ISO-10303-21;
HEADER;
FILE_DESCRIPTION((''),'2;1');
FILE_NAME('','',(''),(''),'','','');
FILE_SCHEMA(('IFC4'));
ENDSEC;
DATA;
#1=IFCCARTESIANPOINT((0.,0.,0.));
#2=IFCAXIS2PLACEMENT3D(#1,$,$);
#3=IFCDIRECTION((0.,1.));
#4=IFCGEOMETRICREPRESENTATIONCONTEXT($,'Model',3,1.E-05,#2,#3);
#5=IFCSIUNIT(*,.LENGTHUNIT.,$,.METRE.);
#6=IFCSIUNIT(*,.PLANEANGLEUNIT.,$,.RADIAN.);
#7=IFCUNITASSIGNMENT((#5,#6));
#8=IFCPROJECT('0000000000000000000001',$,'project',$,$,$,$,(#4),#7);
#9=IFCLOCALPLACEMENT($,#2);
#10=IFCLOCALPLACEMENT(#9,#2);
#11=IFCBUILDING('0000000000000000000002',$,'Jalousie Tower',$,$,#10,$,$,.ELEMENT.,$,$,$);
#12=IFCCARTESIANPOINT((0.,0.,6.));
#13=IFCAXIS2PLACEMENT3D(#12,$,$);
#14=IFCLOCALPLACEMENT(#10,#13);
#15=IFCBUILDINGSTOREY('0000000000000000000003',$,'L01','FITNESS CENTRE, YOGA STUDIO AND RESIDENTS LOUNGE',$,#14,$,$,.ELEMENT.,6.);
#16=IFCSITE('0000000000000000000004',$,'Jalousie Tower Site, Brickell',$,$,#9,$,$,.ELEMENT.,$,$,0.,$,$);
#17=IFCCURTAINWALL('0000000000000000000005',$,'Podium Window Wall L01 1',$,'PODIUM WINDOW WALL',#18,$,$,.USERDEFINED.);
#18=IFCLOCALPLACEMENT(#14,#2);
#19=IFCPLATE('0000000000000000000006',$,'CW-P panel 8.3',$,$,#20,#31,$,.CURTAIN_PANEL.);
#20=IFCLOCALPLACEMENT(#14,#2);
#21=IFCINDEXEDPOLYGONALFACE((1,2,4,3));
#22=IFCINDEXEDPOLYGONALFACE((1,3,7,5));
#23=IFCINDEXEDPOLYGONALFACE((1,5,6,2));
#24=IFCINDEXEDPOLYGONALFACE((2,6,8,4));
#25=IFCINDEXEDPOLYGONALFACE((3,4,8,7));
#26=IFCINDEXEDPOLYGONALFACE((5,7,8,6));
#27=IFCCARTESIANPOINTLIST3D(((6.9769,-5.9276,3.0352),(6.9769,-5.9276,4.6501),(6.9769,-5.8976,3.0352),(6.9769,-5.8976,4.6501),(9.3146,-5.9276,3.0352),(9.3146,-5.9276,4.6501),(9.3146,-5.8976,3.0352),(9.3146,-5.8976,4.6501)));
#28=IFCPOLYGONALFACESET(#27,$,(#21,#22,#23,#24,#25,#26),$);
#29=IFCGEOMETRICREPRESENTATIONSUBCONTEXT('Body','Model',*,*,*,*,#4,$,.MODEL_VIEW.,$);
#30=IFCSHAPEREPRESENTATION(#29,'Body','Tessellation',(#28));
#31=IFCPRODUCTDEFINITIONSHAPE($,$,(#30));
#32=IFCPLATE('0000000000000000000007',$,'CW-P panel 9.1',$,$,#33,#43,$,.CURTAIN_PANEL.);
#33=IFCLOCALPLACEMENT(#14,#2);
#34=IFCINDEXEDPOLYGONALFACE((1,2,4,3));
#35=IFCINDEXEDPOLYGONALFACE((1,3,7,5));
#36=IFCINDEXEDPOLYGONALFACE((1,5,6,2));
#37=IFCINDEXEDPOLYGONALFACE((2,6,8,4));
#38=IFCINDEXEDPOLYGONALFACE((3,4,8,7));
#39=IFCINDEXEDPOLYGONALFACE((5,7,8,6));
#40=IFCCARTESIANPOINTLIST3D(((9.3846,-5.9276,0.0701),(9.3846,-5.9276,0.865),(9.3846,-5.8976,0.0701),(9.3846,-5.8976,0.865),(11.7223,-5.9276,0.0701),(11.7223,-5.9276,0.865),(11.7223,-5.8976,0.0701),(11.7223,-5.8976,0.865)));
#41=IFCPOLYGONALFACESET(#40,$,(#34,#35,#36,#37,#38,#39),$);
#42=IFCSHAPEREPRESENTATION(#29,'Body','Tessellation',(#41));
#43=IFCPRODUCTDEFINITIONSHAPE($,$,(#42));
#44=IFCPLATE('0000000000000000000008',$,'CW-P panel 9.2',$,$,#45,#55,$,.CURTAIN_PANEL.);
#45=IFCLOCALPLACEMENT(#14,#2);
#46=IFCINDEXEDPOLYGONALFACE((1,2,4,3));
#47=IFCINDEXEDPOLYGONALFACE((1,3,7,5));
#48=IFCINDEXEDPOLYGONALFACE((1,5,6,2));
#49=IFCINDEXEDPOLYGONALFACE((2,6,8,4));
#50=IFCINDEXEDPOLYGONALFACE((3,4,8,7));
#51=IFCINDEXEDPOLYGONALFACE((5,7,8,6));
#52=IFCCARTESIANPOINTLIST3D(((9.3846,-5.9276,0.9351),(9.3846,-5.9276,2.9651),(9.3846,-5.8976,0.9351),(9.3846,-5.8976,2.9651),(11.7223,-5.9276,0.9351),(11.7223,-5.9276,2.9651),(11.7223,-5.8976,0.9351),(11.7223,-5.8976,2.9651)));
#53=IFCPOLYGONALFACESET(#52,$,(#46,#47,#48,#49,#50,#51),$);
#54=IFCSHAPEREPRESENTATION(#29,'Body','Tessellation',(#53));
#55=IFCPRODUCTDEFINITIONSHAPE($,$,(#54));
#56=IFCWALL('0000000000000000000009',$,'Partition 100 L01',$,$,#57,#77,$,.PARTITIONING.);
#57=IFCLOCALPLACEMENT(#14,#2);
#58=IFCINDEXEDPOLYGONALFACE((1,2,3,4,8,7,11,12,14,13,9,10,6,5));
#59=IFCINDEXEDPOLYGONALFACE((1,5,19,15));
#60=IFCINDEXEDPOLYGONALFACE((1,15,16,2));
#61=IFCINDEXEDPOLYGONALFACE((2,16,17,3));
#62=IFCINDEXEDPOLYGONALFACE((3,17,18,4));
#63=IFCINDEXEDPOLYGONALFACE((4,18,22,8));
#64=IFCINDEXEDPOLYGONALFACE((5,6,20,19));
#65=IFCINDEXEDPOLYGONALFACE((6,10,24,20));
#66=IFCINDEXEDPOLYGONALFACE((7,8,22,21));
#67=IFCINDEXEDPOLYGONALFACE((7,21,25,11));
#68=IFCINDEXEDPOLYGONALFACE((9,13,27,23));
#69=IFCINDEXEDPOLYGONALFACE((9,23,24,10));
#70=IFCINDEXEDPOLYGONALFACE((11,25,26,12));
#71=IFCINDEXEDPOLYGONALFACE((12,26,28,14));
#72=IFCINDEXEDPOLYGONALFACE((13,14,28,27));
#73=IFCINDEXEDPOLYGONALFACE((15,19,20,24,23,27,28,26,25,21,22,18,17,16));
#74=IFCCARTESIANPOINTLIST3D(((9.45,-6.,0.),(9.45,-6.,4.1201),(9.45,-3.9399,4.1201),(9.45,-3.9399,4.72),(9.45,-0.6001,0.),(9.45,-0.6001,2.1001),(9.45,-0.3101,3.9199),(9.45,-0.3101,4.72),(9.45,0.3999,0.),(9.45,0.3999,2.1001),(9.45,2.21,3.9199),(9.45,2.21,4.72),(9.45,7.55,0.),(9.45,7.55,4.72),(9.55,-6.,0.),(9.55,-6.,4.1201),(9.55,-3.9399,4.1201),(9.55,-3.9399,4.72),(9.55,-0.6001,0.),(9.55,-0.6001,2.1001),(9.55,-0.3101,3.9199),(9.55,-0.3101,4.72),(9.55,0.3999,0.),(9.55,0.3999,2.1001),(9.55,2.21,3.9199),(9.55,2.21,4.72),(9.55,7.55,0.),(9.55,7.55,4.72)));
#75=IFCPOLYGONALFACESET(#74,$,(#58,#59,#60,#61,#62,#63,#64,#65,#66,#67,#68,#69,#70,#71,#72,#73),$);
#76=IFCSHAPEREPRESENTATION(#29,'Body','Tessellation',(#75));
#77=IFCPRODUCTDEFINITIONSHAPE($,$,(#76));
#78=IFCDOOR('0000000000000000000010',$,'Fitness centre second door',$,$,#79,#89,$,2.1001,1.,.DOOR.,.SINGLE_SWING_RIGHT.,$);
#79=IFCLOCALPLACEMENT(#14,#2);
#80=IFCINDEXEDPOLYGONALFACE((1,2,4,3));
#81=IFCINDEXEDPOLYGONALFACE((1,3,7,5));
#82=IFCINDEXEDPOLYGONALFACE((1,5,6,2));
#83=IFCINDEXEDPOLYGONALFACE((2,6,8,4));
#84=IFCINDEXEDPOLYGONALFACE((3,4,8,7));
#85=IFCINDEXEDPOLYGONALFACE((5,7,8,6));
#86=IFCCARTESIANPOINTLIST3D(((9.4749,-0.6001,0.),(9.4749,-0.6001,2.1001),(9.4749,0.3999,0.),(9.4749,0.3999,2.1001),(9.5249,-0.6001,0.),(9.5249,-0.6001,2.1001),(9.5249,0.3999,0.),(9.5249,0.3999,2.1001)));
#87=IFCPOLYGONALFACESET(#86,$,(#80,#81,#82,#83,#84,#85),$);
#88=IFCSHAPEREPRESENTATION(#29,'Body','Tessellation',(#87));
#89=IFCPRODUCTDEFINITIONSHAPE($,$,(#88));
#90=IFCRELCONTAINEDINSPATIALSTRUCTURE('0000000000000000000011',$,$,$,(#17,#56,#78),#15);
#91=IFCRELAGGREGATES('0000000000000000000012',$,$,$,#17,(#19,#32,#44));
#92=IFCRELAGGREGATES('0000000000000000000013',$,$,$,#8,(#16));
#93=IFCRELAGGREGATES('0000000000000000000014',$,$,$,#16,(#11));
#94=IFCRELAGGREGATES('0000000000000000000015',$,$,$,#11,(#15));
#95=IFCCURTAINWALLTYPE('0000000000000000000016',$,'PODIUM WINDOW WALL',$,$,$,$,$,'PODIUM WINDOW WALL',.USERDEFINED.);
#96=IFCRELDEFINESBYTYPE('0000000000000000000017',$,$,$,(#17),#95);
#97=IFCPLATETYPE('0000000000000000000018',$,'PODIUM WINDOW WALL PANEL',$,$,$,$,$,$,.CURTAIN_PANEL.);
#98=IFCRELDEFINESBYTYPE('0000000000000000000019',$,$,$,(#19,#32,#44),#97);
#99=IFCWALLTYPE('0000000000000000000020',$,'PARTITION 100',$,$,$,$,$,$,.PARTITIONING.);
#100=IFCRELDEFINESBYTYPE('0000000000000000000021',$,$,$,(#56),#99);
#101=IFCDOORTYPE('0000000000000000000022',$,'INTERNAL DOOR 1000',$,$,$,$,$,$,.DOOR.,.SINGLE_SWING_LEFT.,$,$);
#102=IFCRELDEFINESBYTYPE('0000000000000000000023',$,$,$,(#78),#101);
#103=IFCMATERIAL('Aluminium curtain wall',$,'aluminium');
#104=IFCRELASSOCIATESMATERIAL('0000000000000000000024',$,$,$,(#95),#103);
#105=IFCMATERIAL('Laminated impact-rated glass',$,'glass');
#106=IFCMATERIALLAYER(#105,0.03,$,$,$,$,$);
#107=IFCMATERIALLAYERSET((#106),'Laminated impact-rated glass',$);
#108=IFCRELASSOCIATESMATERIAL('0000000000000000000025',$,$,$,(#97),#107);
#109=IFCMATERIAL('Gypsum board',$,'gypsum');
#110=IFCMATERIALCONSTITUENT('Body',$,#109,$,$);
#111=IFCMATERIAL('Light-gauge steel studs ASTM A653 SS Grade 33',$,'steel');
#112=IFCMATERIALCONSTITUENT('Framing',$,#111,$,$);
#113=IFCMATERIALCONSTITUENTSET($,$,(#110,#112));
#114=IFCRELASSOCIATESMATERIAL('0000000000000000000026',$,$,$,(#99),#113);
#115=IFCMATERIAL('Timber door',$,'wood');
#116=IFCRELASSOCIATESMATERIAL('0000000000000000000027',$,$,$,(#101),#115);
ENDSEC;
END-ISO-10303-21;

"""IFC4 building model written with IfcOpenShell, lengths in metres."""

from ifc_helpers import new_model, si_unit, direction, frame, frame_2d, origin, origin_2d, place, context, subcontext, project, spatial, polyline, rectangle, outline, extrude, material, layer, layer_set, constituent, constituent_set, type_object, element, fill, aggregate, save


model = new_model("IFC4")

# Units and contexts
model_context = context("Model", 3, precision=1e-05, world=origin(), true_north=direction((0.0, 1.0)))
body_context = subcontext(model_context, "Body", "Model", "MODEL_VIEW")
ifc_project = project(units=[si_unit("LENGTHUNIT", "METRE"), si_unit("PLANEANGLEUNIT", "RADIAN")], contexts=[model_context])

# Site, building, storey
site_placement = place(None, origin())
site = spatial("IfcSite", under=ifc_project, at=site_placement, Name="Jalousie Tower Site, Brickell", CompositionType="ELEMENT", RefElevation=0.0)
building_placement = place(site_placement, origin())
building = spatial("IfcBuilding", under=site, at=building_placement, Name="Jalousie Tower", CompositionType="ELEMENT")
storey_placement = place(building_placement, frame((0.0, 0.0, 6.0)))
storey = spatial("IfcBuildingStorey", under=building, at=storey_placement, Name="L01", Description="FITNESS CENTRE, YOGA STUDIO AND RESIDENTS LOUNGE", CompositionType="ELEMENT", Elevation=6.0)

# Curtain wall, plates
ifc_material_1 = material(Name="Aluminium curtain wall", Category="aluminium")
curtain_wall_type = type_object("IfcCurtainWallType", Name="PODIUM WINDOW WALL", ElementType="PODIUM WINDOW WALL", PredefinedType="USERDEFINED", material=ifc_material_1)
curtain_wall_placement = place(storey_placement, origin())
curtain_wall = element("IfcCurtainWall", 1, at=curtain_wall_placement, inside=storey, type_object=curtain_wall_type, Name="Podium Window Wall L01 1", ObjectType="PODIUM WINDOW WALL", PredefinedType="USERDEFINED")
ifc_material_2 = material(Name="Laminated impact-rated glass", Category="glass")
ifc_layer = layer(ifc_material_2, 0.03)
ifc_layer_set = layer_set([ifc_layer], Name="Laminated impact-rated glass")
plate_type = type_object("IfcPlateType", Name="PODIUM WINDOW WALL PANEL", PredefinedType="CURTAIN_PANEL", material=ifc_layer_set)
plate_1_placement = place(storey_placement, frame((8.1458, -5.9126, 3.0352), z_axis=(0.0, 0.0, 1.0), x_axis=(1.0, 0.0, 0.0)))
plate_1 = element("IfcPlate", 2, at=plate_1_placement, type_object=plate_type, Name="CW-P panel 8.3", PredefinedType="CURTAIN_PANEL", context=body_context, shape_type="SweptSolid", body=[
    extrude(rectangle(XDim=2.3376, YDim=0.03, at=origin_2d()), origin(), (0.0, 0.0, 1.0), 1.615),
])
plate_2_placement = place(storey_placement, frame((10.5535, -5.9126, 0.0701), z_axis=(0.0, 0.0, 1.0), x_axis=(1.0, 0.0, 0.0)))
plate_2 = element("IfcPlate", 3, at=plate_2_placement, type_object=plate_type, Name="CW-P panel 9.1", PredefinedType="CURTAIN_PANEL", context=body_context, shape_type="SweptSolid", body=[
    extrude(rectangle(XDim=2.3376, YDim=0.03, at=origin_2d()), origin(), (0.0, 0.0, 1.0), 0.7949),
])
plate_3_placement = place(storey_placement, frame((10.5535, -5.9126, 0.9351), z_axis=(0.0, 0.0, 1.0), x_axis=(1.0, 0.0, 0.0)))
plate_3 = element("IfcPlate", 4, at=plate_3_placement, type_object=plate_type, Name="CW-P panel 9.2", PredefinedType="CURTAIN_PANEL", context=body_context, shape_type="SweptSolid", body=[
    extrude(rectangle(XDim=2.3376, YDim=0.03, at=origin_2d()), origin(), (0.0, 0.0, 1.0), 2.03),
])
aggregate(curtain_wall, [plate_1, plate_2, plate_3])

# Wall, opening, door
ifc_material_3 = material(Name="Gypsum board", Category="gypsum")
ifc_constituent_1 = constituent(ifc_material_3, Name="Body")
ifc_material_4 = material(Name="Light-gauge steel studs ASTM A653 SS Grade 33", Category="steel")
ifc_constituent_2 = constituent(ifc_material_4, Name="Framing")
ifc_constituent_set = constituent_set(constituents=[ifc_constituent_1, ifc_constituent_2])
wall_type = type_object("IfcWallType", Name="PARTITION 100", PredefinedType="PARTITIONING", material=ifc_constituent_set)
wall_placement = place(storey_placement, frame((9.5, -6.0, 0.0), z_axis=(0.0, 0.0, 1.0), x_axis=(0.0, 1.0, 0.0)))
wall = element("IfcWall", 5, at=wall_placement, inside=storey, type_object=wall_type, Name="Partition 100 L01", PredefinedType="PARTITIONING", context=body_context, shape_type="SweptSolid", body=[
    extrude(outline(polyline([(0.0, 0.0), (13.55, 0.0), (13.55, 4.72), (8.21, 4.72), (8.21, 3.9199), (5.6899, 3.9199), (5.6899, 4.72), (2.0601, 4.72), (2.0601, 4.1201), (0.0, 4.1201), (0.0, 4.72), (0.0, 0.0)])), frame((0.0, 0.05, 0.0), z_axis=(0.0, -1.0, 0.0), x_axis=(1.0, 0.0, 0.0)), (0.0, 0.0, 1.0), 0.1001),
])
opening_placement = place(wall_placement, frame((5.3999, 0.0, 0.0)))
opening = element("IfcOpeningElement", 6, at=opening_placement, cuts=wall, PredefinedType="OPENING", context=body_context, shape_type="SweptSolid", body=[
    extrude(rectangle(XDim=1.0, YDim=2.1001, at=frame_2d((0.5, 1.05))), frame((0.0, 0.0601, 0.0), z_axis=(0.0, -1.0, 0.0), x_axis=(1.0, 0.0, 0.0)), (0.0, 0.0, 1.0), 0.1201),
])
ifc_material_5 = material(Name="Timber door", Category="wood")
door_type = type_object("IfcDoorType", Name="INTERNAL DOOR 1000", OperationType="SINGLE_SWING_LEFT", PredefinedType="DOOR", material=ifc_material_5)
door_placement = place(opening_placement, frame((1.0, 0.0, 0.0), z_axis=(0.0, 0.0, 1.0), x_axis=(-1.0, 0.0, 0.0)))
door = element("IfcDoor", 7, at=door_placement, inside=storey, type_object=door_type, Name="Fitness centre second door", OperationType="SINGLE_SWING_RIGHT", OverallHeight=2.1001, OverallWidth=1.0, PredefinedType="DOOR", context=body_context, shape_type="SweptSolid", body=[
    extrude(rectangle(XDim=1.0, YDim=2.1001, at=frame_2d((0.5, 1.05))), frame((0.0, 0.0249, 0.0), z_axis=(0.0, -1.0, 0.0), x_axis=(1.0, 0.0, 0.0)), (0.0, 0.0, 1.0), 0.05),
])
fill(opening, door)

save(model, "model.ifc")
